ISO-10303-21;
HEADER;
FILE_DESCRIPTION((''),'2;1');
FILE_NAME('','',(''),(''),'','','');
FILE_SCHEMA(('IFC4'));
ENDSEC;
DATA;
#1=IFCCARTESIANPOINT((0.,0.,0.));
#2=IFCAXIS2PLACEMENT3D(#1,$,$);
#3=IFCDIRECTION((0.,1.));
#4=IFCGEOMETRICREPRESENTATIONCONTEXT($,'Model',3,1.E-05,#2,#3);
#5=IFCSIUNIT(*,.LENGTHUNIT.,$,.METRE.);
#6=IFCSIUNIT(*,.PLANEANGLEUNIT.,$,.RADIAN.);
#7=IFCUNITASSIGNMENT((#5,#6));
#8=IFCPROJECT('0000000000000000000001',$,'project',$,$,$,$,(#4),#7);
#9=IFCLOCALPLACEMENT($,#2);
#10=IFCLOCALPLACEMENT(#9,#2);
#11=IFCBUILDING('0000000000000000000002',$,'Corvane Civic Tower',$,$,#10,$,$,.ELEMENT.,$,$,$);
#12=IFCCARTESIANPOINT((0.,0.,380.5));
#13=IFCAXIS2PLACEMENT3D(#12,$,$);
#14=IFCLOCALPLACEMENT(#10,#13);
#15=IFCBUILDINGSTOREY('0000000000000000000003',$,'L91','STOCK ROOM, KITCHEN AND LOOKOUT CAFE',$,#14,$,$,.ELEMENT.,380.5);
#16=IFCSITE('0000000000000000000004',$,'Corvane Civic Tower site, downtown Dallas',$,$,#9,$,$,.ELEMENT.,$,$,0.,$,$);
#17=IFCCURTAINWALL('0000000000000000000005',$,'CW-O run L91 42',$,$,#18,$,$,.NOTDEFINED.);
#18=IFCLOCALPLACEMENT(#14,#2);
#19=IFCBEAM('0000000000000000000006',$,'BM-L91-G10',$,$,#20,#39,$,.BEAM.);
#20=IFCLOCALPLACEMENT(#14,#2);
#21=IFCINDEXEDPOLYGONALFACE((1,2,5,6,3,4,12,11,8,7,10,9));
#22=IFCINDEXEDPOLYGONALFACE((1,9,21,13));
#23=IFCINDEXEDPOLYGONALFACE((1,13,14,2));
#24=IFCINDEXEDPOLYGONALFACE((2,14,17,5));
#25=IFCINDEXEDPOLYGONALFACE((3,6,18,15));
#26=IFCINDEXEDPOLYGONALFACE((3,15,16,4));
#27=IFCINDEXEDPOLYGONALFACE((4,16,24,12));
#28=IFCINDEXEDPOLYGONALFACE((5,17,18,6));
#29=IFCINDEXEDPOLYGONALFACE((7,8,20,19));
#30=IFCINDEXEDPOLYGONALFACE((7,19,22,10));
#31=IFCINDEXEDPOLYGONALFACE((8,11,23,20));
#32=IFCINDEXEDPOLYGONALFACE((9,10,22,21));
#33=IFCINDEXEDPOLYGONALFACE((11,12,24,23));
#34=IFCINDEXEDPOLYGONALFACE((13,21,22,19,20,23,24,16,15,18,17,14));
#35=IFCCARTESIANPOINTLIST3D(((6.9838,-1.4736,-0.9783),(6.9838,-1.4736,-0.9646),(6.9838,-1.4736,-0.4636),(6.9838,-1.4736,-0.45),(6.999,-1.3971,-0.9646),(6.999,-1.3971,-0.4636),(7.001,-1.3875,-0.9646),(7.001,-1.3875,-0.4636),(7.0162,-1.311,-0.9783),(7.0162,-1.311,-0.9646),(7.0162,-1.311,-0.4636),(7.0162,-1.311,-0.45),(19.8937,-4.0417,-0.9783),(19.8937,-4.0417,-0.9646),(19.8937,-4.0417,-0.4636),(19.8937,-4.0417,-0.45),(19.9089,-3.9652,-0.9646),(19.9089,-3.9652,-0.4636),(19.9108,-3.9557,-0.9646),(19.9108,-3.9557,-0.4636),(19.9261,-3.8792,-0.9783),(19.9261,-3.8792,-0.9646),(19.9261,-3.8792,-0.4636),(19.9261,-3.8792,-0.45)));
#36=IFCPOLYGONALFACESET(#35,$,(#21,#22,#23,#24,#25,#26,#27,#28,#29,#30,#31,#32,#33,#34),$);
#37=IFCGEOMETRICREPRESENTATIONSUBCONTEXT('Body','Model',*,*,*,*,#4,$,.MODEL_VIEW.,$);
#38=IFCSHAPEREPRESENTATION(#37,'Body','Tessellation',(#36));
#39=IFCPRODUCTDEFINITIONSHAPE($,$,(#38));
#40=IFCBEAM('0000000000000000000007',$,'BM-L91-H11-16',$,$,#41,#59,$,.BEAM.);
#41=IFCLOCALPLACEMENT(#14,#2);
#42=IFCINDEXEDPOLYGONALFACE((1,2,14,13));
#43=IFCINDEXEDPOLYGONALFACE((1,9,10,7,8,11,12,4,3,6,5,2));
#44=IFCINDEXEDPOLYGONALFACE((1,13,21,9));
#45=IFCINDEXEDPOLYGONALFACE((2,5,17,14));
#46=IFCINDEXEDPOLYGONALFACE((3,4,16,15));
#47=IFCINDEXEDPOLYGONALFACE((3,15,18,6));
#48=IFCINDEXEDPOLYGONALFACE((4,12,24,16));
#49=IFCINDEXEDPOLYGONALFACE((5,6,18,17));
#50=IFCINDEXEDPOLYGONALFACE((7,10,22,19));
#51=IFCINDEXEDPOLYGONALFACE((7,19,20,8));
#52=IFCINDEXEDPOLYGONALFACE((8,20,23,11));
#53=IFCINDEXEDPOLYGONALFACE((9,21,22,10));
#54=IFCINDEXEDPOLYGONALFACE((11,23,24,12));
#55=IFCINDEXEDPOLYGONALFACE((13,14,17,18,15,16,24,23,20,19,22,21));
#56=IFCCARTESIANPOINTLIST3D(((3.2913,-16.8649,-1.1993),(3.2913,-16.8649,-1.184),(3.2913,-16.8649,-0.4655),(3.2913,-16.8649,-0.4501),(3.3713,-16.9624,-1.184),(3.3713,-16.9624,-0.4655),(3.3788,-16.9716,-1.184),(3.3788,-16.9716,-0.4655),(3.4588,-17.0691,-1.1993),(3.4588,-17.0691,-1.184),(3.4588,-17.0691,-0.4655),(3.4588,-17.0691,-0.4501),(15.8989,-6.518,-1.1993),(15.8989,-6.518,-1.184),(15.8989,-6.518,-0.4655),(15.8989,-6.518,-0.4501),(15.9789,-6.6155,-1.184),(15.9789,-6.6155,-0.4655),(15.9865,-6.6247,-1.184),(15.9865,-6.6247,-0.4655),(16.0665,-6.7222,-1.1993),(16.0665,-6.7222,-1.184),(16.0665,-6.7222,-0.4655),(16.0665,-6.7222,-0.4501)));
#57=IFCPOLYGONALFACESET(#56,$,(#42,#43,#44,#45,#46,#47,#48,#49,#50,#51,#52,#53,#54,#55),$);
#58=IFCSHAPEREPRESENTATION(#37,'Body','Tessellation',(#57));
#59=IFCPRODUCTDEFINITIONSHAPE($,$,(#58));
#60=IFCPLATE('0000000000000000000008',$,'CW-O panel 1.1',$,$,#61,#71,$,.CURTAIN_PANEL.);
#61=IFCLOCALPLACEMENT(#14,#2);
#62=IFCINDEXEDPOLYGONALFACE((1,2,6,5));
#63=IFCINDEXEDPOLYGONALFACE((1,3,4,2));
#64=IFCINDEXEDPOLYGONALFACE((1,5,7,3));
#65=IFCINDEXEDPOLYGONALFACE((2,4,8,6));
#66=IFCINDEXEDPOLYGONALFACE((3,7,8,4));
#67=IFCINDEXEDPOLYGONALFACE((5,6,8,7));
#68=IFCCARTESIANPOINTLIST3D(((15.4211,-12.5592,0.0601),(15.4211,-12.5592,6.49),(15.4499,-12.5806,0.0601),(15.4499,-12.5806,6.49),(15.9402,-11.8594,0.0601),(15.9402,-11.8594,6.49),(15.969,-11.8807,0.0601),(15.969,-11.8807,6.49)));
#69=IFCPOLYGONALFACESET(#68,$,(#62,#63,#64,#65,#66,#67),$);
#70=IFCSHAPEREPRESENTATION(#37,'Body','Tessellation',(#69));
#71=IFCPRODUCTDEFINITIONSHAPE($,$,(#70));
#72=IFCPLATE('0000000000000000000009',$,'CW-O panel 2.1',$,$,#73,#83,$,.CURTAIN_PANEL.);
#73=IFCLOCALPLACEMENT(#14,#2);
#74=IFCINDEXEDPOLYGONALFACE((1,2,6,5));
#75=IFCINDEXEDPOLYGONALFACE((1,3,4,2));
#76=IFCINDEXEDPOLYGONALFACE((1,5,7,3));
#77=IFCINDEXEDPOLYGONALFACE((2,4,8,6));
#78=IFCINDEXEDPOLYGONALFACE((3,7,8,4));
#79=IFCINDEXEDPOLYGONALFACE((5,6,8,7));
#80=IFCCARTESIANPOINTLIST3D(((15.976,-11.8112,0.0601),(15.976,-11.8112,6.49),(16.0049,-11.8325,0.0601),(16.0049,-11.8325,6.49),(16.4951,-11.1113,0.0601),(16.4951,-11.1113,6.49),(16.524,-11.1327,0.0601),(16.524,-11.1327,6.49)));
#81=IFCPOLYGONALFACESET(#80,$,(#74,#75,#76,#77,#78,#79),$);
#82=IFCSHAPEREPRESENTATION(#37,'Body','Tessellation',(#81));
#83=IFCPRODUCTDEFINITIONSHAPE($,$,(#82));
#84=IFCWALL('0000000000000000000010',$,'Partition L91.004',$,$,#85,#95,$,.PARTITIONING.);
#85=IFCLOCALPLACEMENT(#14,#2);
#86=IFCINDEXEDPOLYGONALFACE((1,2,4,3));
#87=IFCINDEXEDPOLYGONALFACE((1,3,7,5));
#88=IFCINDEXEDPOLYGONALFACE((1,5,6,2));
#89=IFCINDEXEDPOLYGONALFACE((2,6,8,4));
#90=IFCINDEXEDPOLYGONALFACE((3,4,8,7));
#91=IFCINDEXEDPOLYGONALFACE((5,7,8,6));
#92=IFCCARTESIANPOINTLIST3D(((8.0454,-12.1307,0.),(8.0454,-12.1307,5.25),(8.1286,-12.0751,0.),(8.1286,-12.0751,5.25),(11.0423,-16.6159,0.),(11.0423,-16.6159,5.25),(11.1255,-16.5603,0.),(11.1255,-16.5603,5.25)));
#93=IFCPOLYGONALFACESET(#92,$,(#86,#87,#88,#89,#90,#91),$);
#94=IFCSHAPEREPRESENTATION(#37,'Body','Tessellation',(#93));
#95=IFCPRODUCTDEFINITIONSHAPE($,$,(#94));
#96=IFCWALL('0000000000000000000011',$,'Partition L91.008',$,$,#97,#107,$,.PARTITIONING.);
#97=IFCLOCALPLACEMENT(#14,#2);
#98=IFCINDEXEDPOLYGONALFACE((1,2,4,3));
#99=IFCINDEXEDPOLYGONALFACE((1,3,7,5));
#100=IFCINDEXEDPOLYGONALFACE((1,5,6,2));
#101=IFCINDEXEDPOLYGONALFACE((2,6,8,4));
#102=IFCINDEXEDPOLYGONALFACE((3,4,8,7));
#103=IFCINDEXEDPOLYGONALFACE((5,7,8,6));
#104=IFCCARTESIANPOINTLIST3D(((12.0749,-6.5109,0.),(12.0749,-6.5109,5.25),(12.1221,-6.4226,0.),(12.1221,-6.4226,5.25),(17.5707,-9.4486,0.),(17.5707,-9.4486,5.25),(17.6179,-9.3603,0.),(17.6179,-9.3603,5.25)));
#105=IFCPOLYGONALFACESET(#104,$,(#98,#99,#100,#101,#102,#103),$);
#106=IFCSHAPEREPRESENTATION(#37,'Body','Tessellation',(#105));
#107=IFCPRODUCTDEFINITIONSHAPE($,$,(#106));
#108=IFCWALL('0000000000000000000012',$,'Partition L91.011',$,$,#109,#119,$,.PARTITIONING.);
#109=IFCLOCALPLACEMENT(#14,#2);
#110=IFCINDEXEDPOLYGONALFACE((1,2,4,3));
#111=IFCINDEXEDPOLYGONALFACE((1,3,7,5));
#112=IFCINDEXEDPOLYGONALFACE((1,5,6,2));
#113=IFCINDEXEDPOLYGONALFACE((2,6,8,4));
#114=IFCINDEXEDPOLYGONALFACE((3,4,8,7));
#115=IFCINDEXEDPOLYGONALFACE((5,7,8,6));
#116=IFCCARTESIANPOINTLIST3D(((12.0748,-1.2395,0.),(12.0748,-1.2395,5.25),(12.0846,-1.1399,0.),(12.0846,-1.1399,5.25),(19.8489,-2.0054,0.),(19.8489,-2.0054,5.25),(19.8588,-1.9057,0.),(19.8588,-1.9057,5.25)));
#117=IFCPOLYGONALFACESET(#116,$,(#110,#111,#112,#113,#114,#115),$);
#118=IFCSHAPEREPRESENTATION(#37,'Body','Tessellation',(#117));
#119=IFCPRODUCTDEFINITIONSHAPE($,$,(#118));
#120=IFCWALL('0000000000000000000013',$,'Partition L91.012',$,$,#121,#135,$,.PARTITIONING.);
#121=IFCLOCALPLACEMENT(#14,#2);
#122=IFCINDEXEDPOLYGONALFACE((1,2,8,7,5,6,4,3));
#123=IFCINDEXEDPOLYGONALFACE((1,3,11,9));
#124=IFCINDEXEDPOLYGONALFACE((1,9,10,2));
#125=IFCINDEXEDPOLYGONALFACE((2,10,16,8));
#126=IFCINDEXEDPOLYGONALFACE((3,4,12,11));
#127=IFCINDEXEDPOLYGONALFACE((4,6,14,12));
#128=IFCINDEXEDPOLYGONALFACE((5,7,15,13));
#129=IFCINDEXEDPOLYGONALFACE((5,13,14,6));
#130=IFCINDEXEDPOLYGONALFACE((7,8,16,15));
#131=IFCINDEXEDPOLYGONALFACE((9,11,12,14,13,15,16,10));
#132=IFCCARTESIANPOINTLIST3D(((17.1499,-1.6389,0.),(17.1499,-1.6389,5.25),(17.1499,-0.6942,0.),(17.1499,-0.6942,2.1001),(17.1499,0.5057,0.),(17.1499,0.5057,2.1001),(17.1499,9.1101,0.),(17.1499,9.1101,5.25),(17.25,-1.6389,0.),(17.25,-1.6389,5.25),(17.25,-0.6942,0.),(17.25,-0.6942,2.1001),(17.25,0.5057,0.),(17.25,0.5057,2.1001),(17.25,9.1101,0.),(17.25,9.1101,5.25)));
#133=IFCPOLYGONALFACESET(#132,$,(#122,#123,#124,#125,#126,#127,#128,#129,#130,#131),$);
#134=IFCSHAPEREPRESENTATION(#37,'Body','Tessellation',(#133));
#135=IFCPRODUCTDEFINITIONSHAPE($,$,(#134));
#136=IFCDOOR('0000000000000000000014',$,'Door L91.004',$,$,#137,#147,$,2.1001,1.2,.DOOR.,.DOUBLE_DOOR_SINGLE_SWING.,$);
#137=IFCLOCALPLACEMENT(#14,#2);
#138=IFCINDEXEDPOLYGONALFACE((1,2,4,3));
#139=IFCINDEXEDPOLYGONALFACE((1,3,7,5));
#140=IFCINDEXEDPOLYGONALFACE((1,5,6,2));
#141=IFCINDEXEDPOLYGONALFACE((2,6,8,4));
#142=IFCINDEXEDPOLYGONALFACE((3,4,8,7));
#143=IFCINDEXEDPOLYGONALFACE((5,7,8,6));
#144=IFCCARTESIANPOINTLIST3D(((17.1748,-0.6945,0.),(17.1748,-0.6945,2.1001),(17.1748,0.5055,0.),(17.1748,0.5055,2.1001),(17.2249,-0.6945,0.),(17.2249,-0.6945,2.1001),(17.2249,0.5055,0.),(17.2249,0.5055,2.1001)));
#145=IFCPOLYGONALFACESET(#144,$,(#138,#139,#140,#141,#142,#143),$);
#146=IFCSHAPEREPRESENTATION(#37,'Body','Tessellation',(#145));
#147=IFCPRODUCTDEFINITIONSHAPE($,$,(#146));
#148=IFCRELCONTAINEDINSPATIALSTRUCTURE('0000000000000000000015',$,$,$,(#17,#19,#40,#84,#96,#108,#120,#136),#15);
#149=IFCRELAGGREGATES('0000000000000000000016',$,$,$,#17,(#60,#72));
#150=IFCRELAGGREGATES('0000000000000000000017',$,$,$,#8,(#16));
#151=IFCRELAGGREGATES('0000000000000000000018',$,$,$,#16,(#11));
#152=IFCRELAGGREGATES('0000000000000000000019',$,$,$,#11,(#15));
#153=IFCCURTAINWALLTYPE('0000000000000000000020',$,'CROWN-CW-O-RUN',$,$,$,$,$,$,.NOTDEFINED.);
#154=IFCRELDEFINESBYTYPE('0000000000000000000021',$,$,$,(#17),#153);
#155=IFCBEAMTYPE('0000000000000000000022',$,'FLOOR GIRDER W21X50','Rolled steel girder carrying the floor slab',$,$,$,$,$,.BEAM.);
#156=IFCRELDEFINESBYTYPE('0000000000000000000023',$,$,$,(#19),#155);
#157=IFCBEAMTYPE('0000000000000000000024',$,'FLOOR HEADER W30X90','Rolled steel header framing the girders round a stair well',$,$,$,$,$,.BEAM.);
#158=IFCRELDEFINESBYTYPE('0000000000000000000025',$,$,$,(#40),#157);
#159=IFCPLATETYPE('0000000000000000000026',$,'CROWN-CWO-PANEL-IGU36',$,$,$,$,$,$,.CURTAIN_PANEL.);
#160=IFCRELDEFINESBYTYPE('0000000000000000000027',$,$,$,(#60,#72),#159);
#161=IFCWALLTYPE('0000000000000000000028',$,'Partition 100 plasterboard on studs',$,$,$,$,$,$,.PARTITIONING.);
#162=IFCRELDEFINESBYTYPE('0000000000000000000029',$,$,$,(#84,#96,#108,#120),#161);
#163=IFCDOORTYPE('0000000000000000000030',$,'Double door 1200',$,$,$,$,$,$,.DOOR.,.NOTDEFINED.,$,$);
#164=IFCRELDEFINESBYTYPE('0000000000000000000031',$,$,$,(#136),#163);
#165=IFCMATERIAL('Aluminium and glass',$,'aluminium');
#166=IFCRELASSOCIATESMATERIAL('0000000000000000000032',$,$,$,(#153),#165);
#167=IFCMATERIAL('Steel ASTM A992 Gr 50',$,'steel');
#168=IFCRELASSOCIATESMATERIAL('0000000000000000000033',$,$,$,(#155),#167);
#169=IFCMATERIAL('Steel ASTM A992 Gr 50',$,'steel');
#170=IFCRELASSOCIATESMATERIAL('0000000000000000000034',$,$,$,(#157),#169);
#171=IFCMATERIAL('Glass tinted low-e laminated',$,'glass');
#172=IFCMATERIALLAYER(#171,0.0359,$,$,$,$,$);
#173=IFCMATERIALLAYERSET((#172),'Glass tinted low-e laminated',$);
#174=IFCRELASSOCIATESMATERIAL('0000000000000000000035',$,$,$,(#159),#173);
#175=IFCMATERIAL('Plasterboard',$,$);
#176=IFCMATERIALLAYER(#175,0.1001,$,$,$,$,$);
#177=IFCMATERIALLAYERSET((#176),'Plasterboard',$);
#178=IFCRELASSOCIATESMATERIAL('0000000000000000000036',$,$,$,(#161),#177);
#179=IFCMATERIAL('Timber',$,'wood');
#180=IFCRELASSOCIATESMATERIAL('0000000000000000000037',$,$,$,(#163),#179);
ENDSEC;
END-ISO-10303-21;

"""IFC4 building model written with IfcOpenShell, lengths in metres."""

from ifc_helpers import new_model, si_unit, direction, frame, frame_2d, origin, origin_2d, place, context, subcontext, project, spatial, rectangle, i_section, extrude, material, layer, layer_set, material_profile, profile_set, type_object, element, fill, aggregate, save


model = new_model("IFC4")

# Units and contexts
model_context = context("Model", 3, precision=1e-05, world=origin(), true_north=direction((0.0, 1.0)))
body_context = subcontext(model_context, "Body", "Model", "MODEL_VIEW")
ifc_project = project(units=[si_unit("LENGTHUNIT", "METRE"), si_unit("PLANEANGLEUNIT", "RADIAN")], contexts=[model_context])

# Site, building, storey
site_placement = place(None, origin())
site = spatial("IfcSite", under=ifc_project, at=site_placement, Name="Corvane Civic Tower site, downtown Dallas", CompositionType="ELEMENT", RefElevation=0.0)
building_placement = place(site_placement, origin())
building = spatial("IfcBuilding", under=site, at=building_placement, Name="Corvane Civic Tower", CompositionType="ELEMENT")
storey_placement = place(building_placement, frame((0.0, 0.0, 380.5)))
storey = spatial("IfcBuildingStorey", under=building, at=storey_placement, Name="L91", Description="STOCK ROOM, KITCHEN AND LOOKOUT CAFE", CompositionType="ELEMENT", Elevation=380.5)

# Curtain wall
ifc_material_1 = material(Name="Aluminium and glass", Category="aluminium")
curtain_wall_type = type_object("IfcCurtainWallType", Name="CROWN-CW-O-RUN", PredefinedType="NOTDEFINED", material=ifc_material_1)
curtain_wall_1_placement = place(storey_placement, origin())
curtain_wall_1 = element("IfcCurtainWall", 1, at=curtain_wall_1_placement, inside=storey, type_object=curtain_wall_type, Name="CW-O run L91 42", PredefinedType="NOTDEFINED")

# Beams
ifc_material_2 = material(Name="Steel ASTM A992 Gr 50", Category="steel")
ifc_material_profile_1 = material_profile(ifc_material_2, i_section(OverallWidth=0.1658, OverallDepth=0.5283, WebThickness=0.0098, FlangeThickness=0.0137, at=origin_2d()), Name="W21X50")
ifc_profile_set_1 = profile_set([ifc_material_profile_1], Name="Steel ASTM A992 Gr 50")
beam_type_1 = type_object("IfcBeamType", Name="FLOOR GIRDER W21X50", Description="Rolled steel girder carrying the floor slab", PredefinedType="BEAM", material=ifc_profile_set_1)
beam_1_placement = place(storey_placement, frame((7.0, -1.3923, -0.7141), z_axis=(0.980783, -0.195103, 0.0), x_axis=(0.195103, 0.980783, 0.0)))
element("IfcBeam", 2, at=beam_1_placement, inside=storey, type_object=beam_type_1, Name="BM-L91-G10", PredefinedType="BEAM", context=body_context, shape_type="SweptSolid", body=[
    extrude(i_section(OverallWidth=0.1658, OverallDepth=0.5283, WebThickness=0.0098, FlangeThickness=0.0137, at=origin_2d()), origin(), (0.0, 0.0, 1.0), 13.1628),
])
ifc_material_3 = material(Name="Steel ASTM A992 Gr 50", Category="steel")
ifc_material_profile_2 = material_profile(ifc_material_3, i_section(OverallWidth=0.2642, OverallDepth=0.7493, WebThickness=0.012, FlangeThickness=0.0154, at=origin_2d()), Name="W30X90")
ifc_profile_set_2 = profile_set([ifc_material_profile_2], Name="Steel ASTM A992 Gr 50")
beam_type_2 = type_object("IfcBeamType", Name="FLOOR HEADER W30X90", Description="Rolled steel header framing the girders round a stair well", PredefinedType="BEAM", material=ifc_profile_set_2)
beam_2_placement = place(storey_placement, frame((15.9827, -6.6201, -0.8247), z_axis=(-0.773008, -0.634396, 0.0), x_axis=(0.634396, -0.773008, 0.0)))
element("IfcBeam", 3, at=beam_2_placement, inside=storey, type_object=beam_type_2, Name="BM-L91-H11-16", PredefinedType="BEAM", context=body_context, shape_type="SweptSolid", body=[
    extrude(i_section(OverallWidth=0.2642, OverallDepth=0.7493, WebThickness=0.012, FlangeThickness=0.0154, at=origin_2d()), origin(), (0.0, 0.0, 1.0), 16.3098),
])

# Plates
ifc_material_4 = material(Name="Glass tinted low-e laminated", Category="glass")
ifc_layer_1 = layer(ifc_material_4, 0.0359)
ifc_layer_set_1 = layer_set([ifc_layer_1], Name="Glass tinted low-e laminated")
plate_type = type_object("IfcPlateType", Name="CROWN-CWO-PANEL-IGU36", PredefinedType="CURTAIN_PANEL", material=ifc_layer_set_1)
plate_1_placement = place(storey_placement, frame((15.6951, -12.22, 0.0601), z_axis=(0.0, 0.0, 1.0), x_axis=(0.595722, 0.80319, 0.0)))
plate_1 = element("IfcPlate", 4, at=plate_1_placement, type_object=plate_type, Name="CW-O panel 1.1", PredefinedType="CURTAIN_PANEL", context=body_context, shape_type="SweptSolid", body=[
    extrude(rectangle(XDim=0.8713, YDim=0.0359, at=origin_2d()), origin(), (0.0, 0.0, 1.0), 6.4299),
])
plate_2_placement = place(storey_placement, frame((16.25, -11.4719, 0.0601), z_axis=(0.0, 0.0, 1.0), x_axis=(0.595722, 0.80319, 0.0)))
plate_2 = element("IfcPlate", 5, at=plate_2_placement, type_object=plate_type, Name="CW-O panel 2.1", PredefinedType="CURTAIN_PANEL", context=body_context, shape_type="SweptSolid", body=[
    extrude(rectangle(XDim=0.8713, YDim=0.0359, at=origin_2d()), origin(), (0.0, 0.0, 1.0), 6.4299),
])
aggregate(curtain_wall_1, [plate_1, plate_2])

# Walls
ifc_material_5 = material(Name="Plasterboard")
ifc_layer_2 = layer(ifc_material_5, 0.1001)
ifc_layer_set_2 = layer_set([ifc_layer_2], Name="Plasterboard")
wall_type_1 = type_object("IfcWallType", Name="Partition 100 plasterboard on studs", PredefinedType="PARTITIONING", material=ifc_layer_set_2)
wall_1_placement = place(storey_placement, frame((8.0869, -12.1028, 0.0), z_axis=(0.0, 0.0, 1.0), x_axis=(0.555567, -0.831472, 0.0)))
element("IfcWall", 6, at=wall_1_placement, inside=storey, type_object=wall_type_1, Name="Partition L91.004", PredefinedType="PARTITIONING", context=body_context, shape_type="SweptSolid", body=[
    extrude(rectangle(XDim=5.3943, YDim=0.1001, at=frame_2d((2.6973, 0.0))), origin(), (0.0, 0.0, 1.0), 5.25),
])
wall_2_placement = place(storey_placement, frame((12.0986, -6.4668, 0.0), z_axis=(0.0, 0.0, 1.0), x_axis=(0.881911, -0.471416, 0.0)))
element("IfcWall", 7, at=wall_2_placement, inside=storey, type_object=wall_type_1, Name="Partition L91.008", PredefinedType="PARTITIONING", context=body_context, shape_type="SweptSolid", body=[
    extrude(rectangle(XDim=6.2317, YDim=0.1001, at=frame_2d((3.1157, 0.0))), origin(), (0.0, 0.0, 1.0), 5.25),
])
wall_3_placement = place(storey_placement, frame((12.0798, -1.1897, 0.0), z_axis=(0.0, 0.0, 1.0), x_axis=(0.995182, -0.09804, 0.0)))
element("IfcWall", 8, at=wall_3_placement, inside=storey, type_object=wall_type_1, Name="Partition L91.011", PredefinedType="PARTITIONING", context=body_context, shape_type="SweptSolid", body=[
    extrude(rectangle(XDim=7.8118, YDim=0.1001, at=frame_2d((3.9058, 0.0))), origin(), (0.0, 0.0, 1.0), 5.25),
])

# Wall, opening, door
wall_4_placement = place(storey_placement, frame((17.2, -1.6389, 0.0), z_axis=(0.0, 0.0, 1.0), x_axis=(0.0, 1.0, 0.0)))
wall_4 = element("IfcWall", 9, at=wall_4_placement, inside=storey, type_object=wall_type_1, Name="Partition L91.012", PredefinedType="PARTITIONING", context=body_context, shape_type="SweptSolid", body=[
    extrude(rectangle(XDim=10.749, YDim=0.1001, at=frame_2d((5.3745, 0.0))), origin(), (0.0, 0.0, 1.0), 5.25),
])
opening_1_placement = place(wall_4_placement, frame((0.9446, 0.0, 0.0)))
opening_1 = element("IfcOpeningElement", 10, at=opening_1_placement, cuts=wall_4, PredefinedType="OPENING", context=body_context, shape_type="SweptSolid", body=[
    extrude(rectangle(XDim=1.2, YDim=2.1001, at=frame_2d((0.6001, 1.05))), frame((0.0, 0.0601, 0.0), z_axis=(0.0, -1.0, 0.0), x_axis=(1.0, 0.0, 0.0)), (0.0, 0.0, 1.0), 0.1201),
])
ifc_material_6 = material(Name="Timber", Category="wood")
door_type_1 = type_object("IfcDoorType", Name="Double door 1200", OperationType="NOTDEFINED", PredefinedType="DOOR", material=ifc_material_6)
door_1_placement = place(opening_1_placement, frame((1.2, 0.0, 0.0), z_axis=(0.0, 0.0, 1.0), x_axis=(-1.0, 0.0, 0.0)))
door_1 = element("IfcDoor", 11, at=door_1_placement, inside=storey, type_object=door_type_1, Name="Door L91.004", OperationType="DOUBLE_DOOR_SINGLE_SWING", OverallHeight=2.1001, OverallWidth=1.2, PredefinedType="DOOR", context=body_context, shape_type="SweptSolid", body=[
    extrude(rectangle(XDim=1.2, YDim=2.1001, at=frame_2d((0.6001, 1.05))), frame((0.0, 0.0249, 0.0), z_axis=(0.0, -1.0, 0.0), x_axis=(1.0, 0.0, 0.0)), (0.0, 0.0, 1.0), 0.05),
])
fill(opening_1, door_1)

save(model, "model.ifc")
